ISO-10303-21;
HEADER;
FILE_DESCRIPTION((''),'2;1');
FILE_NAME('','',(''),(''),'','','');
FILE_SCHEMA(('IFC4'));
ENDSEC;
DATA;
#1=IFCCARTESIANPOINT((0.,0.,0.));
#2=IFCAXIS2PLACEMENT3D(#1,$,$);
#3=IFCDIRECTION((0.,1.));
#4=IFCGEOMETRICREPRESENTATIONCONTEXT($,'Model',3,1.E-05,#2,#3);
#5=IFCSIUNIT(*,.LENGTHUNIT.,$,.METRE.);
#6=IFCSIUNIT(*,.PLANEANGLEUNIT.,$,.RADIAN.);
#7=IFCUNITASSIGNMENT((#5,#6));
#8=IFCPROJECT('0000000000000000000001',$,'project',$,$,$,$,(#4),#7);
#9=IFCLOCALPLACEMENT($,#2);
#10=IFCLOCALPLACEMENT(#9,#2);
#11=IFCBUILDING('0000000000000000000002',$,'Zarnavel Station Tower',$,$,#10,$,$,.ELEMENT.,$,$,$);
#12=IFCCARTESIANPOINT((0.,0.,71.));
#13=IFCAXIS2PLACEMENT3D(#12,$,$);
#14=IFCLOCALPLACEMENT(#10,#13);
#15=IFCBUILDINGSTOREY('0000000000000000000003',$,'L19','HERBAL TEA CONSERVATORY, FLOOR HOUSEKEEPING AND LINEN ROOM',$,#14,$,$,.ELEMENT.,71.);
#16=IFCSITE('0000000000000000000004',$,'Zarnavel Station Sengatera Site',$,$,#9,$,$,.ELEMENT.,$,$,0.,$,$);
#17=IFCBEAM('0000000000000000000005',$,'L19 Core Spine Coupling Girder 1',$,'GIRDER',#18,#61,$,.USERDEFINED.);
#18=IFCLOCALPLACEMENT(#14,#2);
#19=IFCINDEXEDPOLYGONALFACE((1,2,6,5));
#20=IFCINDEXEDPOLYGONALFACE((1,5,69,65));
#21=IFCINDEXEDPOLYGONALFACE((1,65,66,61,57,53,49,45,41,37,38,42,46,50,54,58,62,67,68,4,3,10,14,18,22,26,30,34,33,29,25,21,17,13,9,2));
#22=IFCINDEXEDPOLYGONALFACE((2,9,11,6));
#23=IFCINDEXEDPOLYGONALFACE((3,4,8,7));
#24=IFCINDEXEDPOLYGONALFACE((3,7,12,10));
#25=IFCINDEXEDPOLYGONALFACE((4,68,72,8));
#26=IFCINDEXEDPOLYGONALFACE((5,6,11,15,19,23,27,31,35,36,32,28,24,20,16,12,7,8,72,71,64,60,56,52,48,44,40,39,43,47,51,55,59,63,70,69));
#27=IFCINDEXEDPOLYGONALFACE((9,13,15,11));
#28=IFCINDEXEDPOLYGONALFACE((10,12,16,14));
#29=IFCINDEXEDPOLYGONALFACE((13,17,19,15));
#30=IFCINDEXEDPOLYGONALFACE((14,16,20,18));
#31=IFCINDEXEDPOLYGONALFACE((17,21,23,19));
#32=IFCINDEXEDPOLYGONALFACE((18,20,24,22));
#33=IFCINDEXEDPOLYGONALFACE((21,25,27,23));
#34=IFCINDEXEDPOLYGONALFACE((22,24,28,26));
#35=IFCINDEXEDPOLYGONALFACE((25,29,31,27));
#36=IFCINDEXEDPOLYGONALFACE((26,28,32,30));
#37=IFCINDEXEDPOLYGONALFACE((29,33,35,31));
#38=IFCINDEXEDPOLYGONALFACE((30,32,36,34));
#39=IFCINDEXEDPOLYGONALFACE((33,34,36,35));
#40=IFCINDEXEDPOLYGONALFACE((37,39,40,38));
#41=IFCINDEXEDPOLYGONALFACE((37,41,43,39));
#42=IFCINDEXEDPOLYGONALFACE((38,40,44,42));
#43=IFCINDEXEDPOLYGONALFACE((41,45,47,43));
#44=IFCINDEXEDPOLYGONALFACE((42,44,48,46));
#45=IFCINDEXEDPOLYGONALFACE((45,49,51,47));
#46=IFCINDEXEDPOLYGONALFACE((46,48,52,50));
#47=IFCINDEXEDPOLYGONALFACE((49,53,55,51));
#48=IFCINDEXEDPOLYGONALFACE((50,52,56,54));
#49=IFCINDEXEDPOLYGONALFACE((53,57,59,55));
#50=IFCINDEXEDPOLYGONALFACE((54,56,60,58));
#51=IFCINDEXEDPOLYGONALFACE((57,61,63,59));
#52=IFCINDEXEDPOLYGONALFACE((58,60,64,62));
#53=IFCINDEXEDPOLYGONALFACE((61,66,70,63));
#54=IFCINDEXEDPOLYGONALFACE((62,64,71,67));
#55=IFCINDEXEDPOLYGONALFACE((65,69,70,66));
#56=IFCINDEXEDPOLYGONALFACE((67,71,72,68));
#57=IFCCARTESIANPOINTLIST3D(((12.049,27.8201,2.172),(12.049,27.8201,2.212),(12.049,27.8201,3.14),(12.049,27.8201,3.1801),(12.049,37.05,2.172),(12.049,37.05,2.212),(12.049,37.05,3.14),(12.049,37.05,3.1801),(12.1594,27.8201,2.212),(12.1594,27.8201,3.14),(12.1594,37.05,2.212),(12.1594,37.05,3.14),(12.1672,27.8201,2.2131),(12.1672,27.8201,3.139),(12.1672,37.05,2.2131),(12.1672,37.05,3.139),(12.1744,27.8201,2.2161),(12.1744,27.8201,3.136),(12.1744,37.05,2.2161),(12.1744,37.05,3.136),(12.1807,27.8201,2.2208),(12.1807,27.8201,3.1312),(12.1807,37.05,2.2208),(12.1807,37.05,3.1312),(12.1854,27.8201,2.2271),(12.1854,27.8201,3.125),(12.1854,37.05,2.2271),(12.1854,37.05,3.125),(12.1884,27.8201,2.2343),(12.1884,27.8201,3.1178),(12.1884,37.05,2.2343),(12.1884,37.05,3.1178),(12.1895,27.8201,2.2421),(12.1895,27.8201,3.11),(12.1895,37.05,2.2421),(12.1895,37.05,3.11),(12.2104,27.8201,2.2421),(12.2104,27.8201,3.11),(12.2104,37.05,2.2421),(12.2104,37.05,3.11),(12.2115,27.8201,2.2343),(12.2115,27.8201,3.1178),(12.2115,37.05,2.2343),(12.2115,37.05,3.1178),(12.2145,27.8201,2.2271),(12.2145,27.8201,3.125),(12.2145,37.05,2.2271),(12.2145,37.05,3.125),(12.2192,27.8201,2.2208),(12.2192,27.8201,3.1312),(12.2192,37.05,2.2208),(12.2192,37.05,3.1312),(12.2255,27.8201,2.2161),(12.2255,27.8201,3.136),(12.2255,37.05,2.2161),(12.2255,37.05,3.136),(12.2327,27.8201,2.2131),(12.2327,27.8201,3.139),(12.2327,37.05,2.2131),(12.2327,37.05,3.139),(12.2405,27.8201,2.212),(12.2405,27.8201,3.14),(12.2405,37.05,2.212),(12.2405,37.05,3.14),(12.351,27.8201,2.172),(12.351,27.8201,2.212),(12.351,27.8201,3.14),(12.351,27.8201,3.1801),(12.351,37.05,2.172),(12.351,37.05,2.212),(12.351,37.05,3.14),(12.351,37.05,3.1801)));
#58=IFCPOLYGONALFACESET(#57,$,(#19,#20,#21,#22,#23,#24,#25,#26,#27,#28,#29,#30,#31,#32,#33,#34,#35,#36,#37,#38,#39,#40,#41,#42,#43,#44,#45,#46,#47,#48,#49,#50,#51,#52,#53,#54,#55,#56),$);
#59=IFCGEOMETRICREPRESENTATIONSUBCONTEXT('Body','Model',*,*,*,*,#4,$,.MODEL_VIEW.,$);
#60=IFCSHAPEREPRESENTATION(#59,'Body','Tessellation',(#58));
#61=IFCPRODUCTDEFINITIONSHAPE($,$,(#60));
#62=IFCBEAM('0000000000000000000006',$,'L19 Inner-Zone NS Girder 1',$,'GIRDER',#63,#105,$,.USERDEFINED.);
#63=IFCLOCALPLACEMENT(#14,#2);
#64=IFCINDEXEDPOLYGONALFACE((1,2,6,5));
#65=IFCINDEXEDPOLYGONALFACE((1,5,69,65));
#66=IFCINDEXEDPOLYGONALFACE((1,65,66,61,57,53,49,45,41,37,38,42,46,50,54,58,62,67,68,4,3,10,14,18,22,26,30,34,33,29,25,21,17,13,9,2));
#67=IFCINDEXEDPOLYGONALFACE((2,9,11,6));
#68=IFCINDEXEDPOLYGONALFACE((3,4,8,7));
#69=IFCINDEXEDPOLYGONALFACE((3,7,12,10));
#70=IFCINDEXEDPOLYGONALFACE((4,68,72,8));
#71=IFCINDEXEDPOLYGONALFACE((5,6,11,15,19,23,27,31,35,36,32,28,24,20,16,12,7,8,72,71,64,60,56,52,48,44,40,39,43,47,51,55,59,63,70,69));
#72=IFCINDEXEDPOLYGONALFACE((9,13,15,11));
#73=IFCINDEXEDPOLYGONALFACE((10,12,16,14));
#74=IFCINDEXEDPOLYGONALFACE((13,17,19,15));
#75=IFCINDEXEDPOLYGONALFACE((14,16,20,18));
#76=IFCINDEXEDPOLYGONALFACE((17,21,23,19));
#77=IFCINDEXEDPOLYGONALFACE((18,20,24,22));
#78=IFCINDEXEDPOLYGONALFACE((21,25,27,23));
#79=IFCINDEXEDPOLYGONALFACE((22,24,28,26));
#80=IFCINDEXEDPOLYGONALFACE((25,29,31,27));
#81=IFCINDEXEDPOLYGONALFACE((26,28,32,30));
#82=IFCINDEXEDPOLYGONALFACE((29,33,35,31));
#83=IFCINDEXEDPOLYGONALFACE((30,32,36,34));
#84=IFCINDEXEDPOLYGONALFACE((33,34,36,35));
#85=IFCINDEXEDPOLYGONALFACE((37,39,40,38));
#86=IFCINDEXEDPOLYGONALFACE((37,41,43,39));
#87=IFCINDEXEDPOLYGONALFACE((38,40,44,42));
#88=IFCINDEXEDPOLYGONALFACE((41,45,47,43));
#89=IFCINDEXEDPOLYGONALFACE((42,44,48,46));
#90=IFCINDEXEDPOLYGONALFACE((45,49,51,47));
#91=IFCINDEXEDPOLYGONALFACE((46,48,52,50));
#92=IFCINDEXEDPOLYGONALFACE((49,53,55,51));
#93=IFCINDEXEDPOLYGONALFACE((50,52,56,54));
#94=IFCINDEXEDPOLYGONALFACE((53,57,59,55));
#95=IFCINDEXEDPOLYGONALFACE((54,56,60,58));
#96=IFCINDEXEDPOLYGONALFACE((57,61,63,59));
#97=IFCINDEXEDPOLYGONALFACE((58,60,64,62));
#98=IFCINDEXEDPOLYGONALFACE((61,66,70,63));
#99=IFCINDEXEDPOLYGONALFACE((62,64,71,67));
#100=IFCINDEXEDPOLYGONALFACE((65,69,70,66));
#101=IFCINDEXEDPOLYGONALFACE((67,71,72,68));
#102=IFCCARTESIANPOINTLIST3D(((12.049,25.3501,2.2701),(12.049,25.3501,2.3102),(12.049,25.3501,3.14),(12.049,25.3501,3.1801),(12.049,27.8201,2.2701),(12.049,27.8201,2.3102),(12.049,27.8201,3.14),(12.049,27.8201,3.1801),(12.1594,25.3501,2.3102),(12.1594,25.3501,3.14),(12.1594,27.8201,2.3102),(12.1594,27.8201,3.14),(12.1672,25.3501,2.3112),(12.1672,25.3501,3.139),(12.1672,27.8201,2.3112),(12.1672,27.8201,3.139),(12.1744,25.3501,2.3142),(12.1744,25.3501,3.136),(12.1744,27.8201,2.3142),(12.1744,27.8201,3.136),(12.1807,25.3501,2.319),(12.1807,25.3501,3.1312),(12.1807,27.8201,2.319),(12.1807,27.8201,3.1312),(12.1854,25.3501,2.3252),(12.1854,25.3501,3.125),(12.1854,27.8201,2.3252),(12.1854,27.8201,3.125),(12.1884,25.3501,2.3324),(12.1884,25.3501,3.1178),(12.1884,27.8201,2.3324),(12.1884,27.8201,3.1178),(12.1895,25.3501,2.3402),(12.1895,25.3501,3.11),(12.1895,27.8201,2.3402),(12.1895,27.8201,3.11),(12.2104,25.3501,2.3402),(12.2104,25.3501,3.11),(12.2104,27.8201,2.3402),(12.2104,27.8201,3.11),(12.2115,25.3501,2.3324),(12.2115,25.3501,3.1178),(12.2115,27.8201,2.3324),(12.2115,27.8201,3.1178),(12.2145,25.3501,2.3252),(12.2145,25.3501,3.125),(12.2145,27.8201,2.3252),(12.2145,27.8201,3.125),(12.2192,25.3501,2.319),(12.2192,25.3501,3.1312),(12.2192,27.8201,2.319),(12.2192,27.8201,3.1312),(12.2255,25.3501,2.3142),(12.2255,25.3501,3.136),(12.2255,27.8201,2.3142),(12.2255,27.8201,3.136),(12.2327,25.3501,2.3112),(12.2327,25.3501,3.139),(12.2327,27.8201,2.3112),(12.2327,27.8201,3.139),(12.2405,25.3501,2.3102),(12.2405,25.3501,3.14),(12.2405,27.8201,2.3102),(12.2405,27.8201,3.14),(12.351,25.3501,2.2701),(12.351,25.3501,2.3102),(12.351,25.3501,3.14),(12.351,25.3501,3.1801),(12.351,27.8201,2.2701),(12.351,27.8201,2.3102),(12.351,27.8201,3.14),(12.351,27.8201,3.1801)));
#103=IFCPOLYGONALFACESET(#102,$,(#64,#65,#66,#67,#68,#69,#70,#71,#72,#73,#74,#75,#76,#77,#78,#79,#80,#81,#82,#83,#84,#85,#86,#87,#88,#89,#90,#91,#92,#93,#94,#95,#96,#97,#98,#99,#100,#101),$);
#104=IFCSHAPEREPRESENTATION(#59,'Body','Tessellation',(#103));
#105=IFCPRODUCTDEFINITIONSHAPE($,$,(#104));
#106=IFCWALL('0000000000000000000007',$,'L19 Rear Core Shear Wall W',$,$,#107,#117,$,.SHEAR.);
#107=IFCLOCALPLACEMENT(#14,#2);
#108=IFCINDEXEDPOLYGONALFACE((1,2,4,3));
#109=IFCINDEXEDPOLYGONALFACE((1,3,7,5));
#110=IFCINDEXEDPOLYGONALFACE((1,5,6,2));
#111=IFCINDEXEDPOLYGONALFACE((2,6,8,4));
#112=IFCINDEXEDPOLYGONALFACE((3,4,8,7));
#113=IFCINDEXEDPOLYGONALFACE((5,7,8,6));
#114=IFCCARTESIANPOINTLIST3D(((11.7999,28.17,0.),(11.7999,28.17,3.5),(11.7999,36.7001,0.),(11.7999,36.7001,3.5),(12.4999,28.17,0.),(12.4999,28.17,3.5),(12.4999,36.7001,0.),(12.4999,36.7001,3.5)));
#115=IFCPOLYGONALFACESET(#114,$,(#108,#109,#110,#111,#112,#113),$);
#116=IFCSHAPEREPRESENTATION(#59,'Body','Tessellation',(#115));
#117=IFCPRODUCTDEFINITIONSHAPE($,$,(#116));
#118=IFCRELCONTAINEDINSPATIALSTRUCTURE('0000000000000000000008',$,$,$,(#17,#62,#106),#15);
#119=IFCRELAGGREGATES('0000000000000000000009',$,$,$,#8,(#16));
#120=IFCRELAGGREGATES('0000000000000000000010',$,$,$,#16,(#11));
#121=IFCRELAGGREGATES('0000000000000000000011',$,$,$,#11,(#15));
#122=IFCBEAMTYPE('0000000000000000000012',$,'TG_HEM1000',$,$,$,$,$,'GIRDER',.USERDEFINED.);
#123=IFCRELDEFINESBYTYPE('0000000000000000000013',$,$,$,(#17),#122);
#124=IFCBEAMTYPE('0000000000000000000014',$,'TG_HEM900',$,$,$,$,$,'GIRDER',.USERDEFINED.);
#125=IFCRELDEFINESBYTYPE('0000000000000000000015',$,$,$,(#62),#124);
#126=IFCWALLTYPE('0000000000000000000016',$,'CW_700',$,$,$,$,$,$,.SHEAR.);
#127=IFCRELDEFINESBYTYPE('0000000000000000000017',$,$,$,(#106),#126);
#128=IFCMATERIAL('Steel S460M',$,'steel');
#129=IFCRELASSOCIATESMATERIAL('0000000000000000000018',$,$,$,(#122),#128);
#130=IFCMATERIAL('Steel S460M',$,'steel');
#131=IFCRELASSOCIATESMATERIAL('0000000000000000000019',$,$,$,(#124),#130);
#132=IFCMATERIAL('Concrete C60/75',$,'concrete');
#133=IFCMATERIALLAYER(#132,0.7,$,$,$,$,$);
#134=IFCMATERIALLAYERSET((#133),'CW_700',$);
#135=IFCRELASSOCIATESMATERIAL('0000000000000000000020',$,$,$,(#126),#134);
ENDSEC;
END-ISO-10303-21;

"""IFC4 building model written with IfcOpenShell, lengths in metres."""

from ifc_helpers import new_model, si_unit, direction, frame, frame_2d, origin, origin_2d, place, context, subcontext, project, spatial, rectangle, i_section, extrude, material, layer, layer_set, material_profile, profile_set, type_object, element, save


model = new_model("IFC4")

# Units and contexts
model_context = context("Model", 3, precision=1e-05, world=origin(), true_north=direction((0.0, 1.0)))
body_context = subcontext(model_context, "Body", "Model", "MODEL_VIEW")
ifc_project = project(units=[si_unit("LENGTHUNIT", "METRE"), si_unit("PLANEANGLEUNIT", "RADIAN")], contexts=[model_context])

# Site, building, storey
site_placement = place(None, origin())
site = spatial("IfcSite", under=ifc_project, at=site_placement, Name="Zarnavel Station Sengatera Site", CompositionType="ELEMENT", RefElevation=0.0)
building_placement = place(site_placement, origin())
building = spatial("IfcBuilding", under=site, at=building_placement, Name="Zarnavel Station Tower", CompositionType="ELEMENT")
storey_placement = place(building_placement, frame((0.0, 0.0, 71.0)))
storey = spatial("IfcBuildingStorey", under=building, at=storey_placement, Name="L19", Description="HERBAL TEA CONSERVATORY, FLOOR HOUSEKEEPING AND LINEN ROOM", CompositionType="ELEMENT", Elevation=71.0)

# Beams
ifc_material_1 = material(Name="Steel S460M", Category="steel")
ifc_material_profile_1 = material_profile(ifc_material_1, i_section(OverallWidth=0.302, OverallDepth=1.0081, WebThickness=0.021, FlangeThickness=0.04, FilletRadius=0.03, at=origin_2d()), Name="HEM1000")
ifc_profile_set_1 = profile_set([ifc_material_profile_1], Name="Steel S460M")
beam_type_1 = type_object("IfcBeamType", Name="TG_HEM1000", ElementType="GIRDER", PredefinedType="USERDEFINED", material=ifc_profile_set_1)
beam_1_placement = place(storey_placement, frame((12.2, 27.8201, 2.676), z_axis=(0.0, 1.0, 0.0), x_axis=(-1.0, 0.0, 0.0)))
element("IfcBeam", 1, at=beam_1_placement, inside=storey, type_object=beam_type_1, Name="L19 Core Spine Coupling Girder 1", ObjectType="GIRDER", PredefinedType="USERDEFINED", context=body_context, shape_type="SweptSolid", body=[
    extrude(i_section(OverallWidth=0.302, OverallDepth=1.0081, WebThickness=0.021, FlangeThickness=0.04, FilletRadius=0.03, at=origin_2d()), origin(), (0.0, 0.0, 1.0), 9.23),
])
ifc_material_2 = material(Name="Steel S460M", Category="steel")
ifc_material_profile_2 = material_profile(ifc_material_2, i_section(OverallWidth=0.302, OverallDepth=0.9099, WebThickness=0.021, FlangeThickness=0.04, FilletRadius=0.03, at=origin_2d()), Name="HEM900")
ifc_profile_set_2 = profile_set([ifc_material_profile_2], Name="Steel S460M")
beam_type_2 = type_object("IfcBeamType", Name="TG_HEM900", ElementType="GIRDER", PredefinedType="USERDEFINED", material=ifc_profile_set_2)
beam_2_placement = place(storey_placement, frame((12.2, 25.3501, 2.7251), z_axis=(0.0, 1.0, 0.0), x_axis=(-1.0, 0.0, 0.0)))
element("IfcBeam", 2, at=beam_2_placement, inside=storey, type_object=beam_type_2, Name="L19 Inner-Zone NS Girder 1", ObjectType="GIRDER", PredefinedType="USERDEFINED", context=body_context, shape_type="SweptSolid", body=[
    extrude(i_section(OverallWidth=0.302, OverallDepth=0.9099, WebThickness=0.021, FlangeThickness=0.04, FilletRadius=0.03, at=origin_2d()), origin(), (0.0, 0.0, 1.0), 2.47),
])

# Wall
ifc_material_3 = material(Name="Concrete C60/75", Category="concrete")
ifc_layer_1 = layer(ifc_material_3, 0.7)
ifc_layer_set_1 = layer_set([ifc_layer_1], Name="CW_700")
wall_type_1 = type_object("IfcWallType", Name="CW_700", PredefinedType="SHEAR", material=ifc_layer_set_1)
wall_1_placement = place(storey_placement, frame((12.1499, 28.1699, 0.0), z_axis=(0.0, 0.0, 1.0), x_axis=(0.0, 1.0, 0.0)))
element("IfcWall", 3, at=wall_1_placement, inside=storey, type_object=wall_type_1, Name="L19 Rear Core Shear Wall W", PredefinedType="SHEAR", context=body_context, shape_type="SweptSolid", body=[
    extrude(rectangle(XDim=8.53, YDim=0.7, at=frame_2d((4.2651, 0.0))), origin(), (0.0, 0.0, 1.0), 3.5),
])

save(model, "model.ifc")
